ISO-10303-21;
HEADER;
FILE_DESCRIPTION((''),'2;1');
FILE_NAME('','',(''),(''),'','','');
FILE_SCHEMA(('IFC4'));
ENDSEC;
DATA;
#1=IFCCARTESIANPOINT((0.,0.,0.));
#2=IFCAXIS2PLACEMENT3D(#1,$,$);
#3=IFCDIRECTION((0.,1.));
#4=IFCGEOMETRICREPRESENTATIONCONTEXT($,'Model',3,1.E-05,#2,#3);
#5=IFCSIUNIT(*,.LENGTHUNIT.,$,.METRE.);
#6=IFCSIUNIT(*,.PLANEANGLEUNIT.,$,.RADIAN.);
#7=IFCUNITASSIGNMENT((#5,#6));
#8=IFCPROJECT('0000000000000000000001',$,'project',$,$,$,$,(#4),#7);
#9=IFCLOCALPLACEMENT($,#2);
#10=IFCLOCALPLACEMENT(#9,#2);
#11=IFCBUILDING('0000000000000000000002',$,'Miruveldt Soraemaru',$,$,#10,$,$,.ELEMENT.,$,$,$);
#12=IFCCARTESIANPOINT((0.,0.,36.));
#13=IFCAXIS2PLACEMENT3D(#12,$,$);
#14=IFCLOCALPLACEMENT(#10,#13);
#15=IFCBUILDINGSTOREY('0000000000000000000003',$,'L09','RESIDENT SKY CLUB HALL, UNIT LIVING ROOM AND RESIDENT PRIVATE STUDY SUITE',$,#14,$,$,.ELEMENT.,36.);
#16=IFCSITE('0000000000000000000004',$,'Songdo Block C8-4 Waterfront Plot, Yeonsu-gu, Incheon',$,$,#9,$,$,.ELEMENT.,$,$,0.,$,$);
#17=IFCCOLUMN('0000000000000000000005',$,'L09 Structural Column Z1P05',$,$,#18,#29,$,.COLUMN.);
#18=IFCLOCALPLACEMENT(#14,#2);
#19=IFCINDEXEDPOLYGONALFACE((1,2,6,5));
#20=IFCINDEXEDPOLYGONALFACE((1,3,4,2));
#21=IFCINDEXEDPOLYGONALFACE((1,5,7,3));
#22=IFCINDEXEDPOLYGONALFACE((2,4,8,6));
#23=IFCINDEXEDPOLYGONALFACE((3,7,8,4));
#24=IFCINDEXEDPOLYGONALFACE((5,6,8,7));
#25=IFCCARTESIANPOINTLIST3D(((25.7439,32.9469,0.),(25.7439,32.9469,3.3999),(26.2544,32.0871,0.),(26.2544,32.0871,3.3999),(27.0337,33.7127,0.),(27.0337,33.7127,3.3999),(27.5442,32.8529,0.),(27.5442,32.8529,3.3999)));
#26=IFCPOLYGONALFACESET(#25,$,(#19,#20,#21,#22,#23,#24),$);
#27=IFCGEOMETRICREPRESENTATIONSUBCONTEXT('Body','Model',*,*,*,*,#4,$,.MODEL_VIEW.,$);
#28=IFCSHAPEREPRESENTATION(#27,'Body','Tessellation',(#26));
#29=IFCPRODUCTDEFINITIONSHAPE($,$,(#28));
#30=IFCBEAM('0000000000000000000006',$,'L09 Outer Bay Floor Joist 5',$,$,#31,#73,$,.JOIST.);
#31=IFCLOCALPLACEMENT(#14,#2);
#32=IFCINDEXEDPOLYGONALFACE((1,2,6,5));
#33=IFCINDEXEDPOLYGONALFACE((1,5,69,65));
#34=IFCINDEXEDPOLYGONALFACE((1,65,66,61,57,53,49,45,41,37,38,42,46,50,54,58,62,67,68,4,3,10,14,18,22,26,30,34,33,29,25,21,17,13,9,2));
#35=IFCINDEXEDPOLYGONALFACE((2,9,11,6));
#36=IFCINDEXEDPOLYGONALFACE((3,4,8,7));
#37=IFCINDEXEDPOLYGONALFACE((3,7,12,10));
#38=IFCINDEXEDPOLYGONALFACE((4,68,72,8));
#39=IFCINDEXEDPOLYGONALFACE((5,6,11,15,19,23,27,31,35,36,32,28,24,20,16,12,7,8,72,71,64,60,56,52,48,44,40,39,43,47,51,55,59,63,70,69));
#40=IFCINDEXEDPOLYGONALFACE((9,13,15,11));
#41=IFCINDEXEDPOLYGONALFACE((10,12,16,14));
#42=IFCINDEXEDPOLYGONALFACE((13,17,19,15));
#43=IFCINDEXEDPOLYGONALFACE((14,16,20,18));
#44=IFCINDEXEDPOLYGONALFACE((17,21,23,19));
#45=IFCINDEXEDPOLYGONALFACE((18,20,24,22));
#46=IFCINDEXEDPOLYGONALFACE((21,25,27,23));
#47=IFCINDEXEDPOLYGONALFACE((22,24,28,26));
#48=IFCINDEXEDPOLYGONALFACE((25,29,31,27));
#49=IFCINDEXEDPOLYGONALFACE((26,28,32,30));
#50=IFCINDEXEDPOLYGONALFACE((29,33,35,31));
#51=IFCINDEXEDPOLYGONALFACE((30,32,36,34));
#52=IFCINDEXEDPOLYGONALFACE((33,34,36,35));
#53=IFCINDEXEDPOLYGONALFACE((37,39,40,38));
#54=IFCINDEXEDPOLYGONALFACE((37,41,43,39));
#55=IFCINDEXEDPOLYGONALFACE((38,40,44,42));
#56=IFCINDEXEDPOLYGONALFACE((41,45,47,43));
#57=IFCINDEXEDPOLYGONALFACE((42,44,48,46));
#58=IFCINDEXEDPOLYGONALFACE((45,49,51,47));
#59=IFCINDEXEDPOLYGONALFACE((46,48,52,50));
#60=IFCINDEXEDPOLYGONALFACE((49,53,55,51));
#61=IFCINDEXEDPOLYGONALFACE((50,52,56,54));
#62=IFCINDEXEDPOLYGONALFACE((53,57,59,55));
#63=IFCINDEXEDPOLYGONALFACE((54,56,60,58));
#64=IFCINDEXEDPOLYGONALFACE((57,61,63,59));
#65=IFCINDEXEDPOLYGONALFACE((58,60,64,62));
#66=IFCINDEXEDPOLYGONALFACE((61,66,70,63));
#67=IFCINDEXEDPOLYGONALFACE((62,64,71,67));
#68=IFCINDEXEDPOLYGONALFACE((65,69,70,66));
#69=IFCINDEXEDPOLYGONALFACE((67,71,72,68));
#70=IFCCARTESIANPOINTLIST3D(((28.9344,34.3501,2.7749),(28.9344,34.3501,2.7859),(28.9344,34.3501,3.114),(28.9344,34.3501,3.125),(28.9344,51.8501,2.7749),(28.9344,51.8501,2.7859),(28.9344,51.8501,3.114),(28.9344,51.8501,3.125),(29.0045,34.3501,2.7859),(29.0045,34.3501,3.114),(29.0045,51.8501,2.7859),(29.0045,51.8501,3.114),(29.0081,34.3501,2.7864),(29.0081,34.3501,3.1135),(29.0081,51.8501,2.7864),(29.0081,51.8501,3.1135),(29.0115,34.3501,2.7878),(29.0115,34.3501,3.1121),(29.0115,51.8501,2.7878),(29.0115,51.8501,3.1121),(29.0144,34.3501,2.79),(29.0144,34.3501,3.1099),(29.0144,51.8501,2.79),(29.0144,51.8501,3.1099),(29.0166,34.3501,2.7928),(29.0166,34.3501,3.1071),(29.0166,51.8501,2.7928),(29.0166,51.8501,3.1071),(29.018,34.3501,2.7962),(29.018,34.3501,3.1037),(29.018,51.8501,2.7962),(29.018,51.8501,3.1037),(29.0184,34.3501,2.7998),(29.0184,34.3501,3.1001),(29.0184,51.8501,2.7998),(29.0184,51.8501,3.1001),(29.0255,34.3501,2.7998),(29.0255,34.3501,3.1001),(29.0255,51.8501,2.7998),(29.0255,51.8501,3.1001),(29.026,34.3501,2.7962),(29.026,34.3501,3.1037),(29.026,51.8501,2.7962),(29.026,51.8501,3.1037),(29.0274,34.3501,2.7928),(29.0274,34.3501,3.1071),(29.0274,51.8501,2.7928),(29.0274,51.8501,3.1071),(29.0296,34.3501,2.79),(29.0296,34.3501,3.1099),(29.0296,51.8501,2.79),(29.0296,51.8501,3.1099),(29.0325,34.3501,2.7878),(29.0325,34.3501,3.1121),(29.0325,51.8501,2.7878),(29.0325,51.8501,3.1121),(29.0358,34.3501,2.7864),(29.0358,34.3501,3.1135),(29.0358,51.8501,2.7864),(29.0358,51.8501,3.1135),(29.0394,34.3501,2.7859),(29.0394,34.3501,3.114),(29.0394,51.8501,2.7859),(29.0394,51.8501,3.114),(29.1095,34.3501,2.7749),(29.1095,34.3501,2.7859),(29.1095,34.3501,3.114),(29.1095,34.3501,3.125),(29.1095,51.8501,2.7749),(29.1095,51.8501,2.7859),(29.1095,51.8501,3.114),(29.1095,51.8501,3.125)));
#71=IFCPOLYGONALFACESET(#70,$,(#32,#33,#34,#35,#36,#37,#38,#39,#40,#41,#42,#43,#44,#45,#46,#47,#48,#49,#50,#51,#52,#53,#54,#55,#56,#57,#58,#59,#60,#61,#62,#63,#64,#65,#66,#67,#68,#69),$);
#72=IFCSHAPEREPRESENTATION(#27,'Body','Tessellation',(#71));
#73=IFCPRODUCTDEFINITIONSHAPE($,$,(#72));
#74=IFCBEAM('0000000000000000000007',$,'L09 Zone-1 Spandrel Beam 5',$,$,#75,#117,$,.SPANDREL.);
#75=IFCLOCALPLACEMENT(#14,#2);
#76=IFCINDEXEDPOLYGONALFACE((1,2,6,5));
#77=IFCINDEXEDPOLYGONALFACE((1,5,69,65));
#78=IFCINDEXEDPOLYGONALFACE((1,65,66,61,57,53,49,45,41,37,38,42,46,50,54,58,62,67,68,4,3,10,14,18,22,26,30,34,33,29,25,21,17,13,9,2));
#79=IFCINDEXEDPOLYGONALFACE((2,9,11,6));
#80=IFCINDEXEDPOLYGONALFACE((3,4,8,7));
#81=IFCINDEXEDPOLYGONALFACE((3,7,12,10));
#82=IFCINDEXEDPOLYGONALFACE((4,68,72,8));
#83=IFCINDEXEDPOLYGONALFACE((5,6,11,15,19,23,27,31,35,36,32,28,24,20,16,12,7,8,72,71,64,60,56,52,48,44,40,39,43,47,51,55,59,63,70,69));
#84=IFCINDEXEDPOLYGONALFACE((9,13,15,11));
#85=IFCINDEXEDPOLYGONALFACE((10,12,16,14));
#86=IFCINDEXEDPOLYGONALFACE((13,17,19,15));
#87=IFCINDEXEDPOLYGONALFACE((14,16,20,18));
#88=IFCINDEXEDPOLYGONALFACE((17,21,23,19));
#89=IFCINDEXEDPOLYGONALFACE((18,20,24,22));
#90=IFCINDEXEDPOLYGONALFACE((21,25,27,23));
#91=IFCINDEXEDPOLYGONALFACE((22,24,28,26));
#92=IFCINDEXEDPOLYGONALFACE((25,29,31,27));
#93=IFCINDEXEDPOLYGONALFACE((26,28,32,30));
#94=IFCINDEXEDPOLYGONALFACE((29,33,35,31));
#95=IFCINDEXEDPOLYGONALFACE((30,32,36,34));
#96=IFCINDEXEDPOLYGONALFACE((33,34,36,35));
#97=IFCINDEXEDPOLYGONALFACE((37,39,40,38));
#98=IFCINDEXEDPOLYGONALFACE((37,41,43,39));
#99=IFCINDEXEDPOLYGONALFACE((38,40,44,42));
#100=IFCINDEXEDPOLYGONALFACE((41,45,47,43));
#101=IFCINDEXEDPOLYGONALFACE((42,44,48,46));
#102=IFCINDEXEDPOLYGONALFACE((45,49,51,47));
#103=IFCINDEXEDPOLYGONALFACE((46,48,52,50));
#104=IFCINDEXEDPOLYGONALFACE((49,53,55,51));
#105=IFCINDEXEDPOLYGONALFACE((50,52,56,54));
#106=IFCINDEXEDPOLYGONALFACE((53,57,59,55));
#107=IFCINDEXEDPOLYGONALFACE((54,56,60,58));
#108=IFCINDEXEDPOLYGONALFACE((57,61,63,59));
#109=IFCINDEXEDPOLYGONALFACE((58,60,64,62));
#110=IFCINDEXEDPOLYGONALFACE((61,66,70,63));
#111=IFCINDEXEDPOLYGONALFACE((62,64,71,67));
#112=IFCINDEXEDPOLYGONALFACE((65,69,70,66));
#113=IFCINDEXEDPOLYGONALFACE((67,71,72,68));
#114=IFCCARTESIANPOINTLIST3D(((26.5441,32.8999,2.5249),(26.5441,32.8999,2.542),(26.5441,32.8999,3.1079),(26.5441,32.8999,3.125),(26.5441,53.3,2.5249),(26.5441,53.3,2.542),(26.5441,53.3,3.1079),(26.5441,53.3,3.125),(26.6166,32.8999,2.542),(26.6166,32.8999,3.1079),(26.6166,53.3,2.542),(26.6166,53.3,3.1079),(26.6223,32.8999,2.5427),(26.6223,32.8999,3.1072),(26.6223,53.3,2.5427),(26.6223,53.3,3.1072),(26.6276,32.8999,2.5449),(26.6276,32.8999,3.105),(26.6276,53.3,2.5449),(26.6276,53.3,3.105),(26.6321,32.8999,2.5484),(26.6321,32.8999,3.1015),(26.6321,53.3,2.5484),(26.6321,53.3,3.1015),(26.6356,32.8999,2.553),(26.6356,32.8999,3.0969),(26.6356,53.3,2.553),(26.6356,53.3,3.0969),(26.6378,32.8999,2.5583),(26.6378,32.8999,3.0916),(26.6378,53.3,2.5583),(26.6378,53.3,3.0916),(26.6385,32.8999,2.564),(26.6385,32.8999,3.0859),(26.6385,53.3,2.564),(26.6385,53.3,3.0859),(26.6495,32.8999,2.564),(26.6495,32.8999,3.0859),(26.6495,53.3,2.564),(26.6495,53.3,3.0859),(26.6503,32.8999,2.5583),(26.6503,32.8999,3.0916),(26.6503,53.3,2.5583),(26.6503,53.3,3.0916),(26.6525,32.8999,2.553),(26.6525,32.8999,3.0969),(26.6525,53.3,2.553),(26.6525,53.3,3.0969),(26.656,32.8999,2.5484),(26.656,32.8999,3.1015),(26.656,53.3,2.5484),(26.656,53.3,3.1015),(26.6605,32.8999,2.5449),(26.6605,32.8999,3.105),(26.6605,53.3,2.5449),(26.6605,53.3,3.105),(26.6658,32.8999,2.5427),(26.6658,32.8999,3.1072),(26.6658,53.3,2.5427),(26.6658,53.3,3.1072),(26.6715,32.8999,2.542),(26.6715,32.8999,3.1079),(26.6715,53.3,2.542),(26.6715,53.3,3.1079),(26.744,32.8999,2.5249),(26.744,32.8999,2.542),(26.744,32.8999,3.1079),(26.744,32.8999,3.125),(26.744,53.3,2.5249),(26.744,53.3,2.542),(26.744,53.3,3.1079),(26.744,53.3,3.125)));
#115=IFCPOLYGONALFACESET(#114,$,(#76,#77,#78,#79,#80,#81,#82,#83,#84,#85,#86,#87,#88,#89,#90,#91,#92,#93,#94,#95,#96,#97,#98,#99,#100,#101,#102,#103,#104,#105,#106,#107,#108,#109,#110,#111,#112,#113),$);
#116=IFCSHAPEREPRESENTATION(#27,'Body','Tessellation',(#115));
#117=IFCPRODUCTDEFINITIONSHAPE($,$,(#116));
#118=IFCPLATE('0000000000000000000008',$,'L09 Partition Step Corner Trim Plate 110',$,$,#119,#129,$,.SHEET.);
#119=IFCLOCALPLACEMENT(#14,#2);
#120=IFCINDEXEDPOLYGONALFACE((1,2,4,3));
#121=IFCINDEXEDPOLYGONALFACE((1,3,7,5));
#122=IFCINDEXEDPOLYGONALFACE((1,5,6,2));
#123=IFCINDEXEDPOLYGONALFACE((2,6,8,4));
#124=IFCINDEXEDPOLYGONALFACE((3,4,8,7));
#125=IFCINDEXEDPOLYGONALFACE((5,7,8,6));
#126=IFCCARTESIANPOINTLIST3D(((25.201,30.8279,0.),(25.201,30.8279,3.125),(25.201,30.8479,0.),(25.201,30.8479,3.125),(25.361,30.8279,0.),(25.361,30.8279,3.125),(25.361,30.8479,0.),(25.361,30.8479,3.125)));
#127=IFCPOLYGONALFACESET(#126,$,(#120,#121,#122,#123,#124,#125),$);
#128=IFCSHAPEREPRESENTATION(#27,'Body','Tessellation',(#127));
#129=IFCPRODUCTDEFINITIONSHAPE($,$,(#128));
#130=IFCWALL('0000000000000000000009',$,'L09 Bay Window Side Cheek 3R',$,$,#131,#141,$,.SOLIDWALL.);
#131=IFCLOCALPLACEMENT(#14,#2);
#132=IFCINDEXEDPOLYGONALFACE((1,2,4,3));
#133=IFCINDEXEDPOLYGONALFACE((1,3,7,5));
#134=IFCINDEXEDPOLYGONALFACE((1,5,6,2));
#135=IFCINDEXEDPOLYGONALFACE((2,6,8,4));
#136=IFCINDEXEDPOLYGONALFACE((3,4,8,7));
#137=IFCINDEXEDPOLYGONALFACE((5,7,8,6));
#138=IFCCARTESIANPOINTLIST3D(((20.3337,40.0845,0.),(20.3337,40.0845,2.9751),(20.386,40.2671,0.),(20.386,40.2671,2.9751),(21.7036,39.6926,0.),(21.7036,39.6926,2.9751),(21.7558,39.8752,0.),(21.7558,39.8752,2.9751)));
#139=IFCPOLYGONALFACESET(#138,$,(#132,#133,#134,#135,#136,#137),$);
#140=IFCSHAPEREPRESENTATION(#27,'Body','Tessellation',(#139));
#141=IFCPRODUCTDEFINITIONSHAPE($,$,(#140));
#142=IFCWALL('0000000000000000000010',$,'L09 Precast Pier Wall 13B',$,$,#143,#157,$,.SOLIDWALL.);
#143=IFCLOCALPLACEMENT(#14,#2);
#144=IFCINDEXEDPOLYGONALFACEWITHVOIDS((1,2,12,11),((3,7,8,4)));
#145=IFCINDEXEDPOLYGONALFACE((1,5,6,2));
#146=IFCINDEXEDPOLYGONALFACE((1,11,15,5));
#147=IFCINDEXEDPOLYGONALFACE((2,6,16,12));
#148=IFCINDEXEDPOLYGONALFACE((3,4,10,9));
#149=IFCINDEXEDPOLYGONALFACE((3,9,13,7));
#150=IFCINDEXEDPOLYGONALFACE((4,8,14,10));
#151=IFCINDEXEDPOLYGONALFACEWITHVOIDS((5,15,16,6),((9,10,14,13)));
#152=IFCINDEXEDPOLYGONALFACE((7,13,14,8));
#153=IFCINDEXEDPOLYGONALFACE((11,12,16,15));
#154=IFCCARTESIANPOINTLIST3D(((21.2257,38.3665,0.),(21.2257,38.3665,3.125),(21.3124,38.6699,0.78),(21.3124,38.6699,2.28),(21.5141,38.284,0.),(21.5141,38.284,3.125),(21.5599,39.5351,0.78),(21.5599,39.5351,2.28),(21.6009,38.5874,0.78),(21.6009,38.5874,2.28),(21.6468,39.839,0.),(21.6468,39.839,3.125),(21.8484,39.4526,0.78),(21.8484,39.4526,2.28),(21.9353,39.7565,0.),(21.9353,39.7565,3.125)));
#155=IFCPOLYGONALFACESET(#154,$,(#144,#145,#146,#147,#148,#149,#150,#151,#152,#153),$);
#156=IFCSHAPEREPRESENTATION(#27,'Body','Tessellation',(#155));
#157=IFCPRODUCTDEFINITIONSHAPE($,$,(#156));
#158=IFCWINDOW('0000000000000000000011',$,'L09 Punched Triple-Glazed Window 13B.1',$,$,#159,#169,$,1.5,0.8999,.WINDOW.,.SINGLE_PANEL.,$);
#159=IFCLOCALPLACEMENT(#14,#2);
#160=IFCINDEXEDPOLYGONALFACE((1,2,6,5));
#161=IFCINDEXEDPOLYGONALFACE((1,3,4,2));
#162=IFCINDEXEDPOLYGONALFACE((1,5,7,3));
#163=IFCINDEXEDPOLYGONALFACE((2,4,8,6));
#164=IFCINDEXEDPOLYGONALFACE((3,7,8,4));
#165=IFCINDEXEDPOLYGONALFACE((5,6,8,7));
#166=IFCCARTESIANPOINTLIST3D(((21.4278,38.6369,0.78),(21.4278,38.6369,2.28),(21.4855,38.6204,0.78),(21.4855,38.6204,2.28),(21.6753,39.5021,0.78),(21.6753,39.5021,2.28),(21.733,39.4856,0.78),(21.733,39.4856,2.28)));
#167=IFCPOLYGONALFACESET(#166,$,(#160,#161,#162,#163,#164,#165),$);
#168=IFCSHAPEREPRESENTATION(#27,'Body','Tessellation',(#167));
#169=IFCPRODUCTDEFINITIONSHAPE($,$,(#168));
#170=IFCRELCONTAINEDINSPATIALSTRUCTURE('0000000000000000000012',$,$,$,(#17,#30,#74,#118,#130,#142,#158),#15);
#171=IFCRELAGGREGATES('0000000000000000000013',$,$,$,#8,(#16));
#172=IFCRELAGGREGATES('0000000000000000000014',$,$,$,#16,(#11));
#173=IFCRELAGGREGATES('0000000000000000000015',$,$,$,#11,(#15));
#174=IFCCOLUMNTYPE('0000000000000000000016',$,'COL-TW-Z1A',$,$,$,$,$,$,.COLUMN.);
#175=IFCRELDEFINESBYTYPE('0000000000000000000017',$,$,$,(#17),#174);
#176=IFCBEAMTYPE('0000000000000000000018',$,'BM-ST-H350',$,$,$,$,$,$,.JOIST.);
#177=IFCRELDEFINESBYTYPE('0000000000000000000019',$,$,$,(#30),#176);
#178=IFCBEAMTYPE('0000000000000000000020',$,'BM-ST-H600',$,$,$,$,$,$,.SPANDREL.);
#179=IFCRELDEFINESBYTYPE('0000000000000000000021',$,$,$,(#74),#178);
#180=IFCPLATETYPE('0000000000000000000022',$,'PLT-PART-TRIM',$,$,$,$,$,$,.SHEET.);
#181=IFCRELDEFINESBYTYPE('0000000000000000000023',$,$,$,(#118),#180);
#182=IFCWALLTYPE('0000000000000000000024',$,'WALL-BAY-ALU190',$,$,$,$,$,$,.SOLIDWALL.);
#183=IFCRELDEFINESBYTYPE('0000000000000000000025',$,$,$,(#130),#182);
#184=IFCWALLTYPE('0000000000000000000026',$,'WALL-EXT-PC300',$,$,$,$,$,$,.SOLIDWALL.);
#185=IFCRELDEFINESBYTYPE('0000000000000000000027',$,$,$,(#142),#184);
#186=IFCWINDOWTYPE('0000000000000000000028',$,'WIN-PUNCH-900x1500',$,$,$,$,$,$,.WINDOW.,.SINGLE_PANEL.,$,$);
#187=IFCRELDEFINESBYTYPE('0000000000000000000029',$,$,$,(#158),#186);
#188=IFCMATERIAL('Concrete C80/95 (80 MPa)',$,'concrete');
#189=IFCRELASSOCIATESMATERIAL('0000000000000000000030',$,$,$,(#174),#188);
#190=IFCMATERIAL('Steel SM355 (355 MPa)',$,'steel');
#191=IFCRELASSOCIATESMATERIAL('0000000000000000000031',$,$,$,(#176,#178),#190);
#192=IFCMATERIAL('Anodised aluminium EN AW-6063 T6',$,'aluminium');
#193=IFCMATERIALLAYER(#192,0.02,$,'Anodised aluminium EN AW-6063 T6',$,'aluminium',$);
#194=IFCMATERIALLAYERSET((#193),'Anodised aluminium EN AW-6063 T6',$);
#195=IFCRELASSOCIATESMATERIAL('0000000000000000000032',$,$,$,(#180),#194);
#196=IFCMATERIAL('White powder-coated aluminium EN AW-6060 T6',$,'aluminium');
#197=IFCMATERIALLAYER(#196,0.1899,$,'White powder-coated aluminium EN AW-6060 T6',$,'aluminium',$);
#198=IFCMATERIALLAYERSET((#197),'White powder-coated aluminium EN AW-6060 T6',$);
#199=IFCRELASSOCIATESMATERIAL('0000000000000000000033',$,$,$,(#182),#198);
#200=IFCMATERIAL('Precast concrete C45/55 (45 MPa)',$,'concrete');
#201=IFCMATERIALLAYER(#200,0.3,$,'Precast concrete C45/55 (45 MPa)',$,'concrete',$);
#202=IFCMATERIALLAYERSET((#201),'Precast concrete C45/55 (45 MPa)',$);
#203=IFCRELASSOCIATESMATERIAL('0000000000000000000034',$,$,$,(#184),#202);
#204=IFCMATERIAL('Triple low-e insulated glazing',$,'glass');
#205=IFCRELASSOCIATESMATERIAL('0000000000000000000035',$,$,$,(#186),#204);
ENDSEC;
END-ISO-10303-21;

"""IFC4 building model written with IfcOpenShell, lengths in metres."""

from ifc_helpers import new_model, si_unit, direction, frame, frame_2d, origin, origin_2d, place, context, subcontext, project, spatial, rectangle, i_section, extrude, material, layer, layer_set, material_profile, profile_set, type_object, element, fill, save


model = new_model("IFC4")

# Units and contexts
model_context = context("Model", 3, precision=1e-05, world=origin(), true_north=direction((0.0, 1.0)))
body_context = subcontext(model_context, "Body", "Model", "MODEL_VIEW")
ifc_project = project(units=[si_unit("LENGTHUNIT", "METRE"), si_unit("PLANEANGLEUNIT", "RADIAN")], contexts=[model_context])

# Site, building, storey
site_placement = place(None, origin())
site = spatial("IfcSite", under=ifc_project, at=site_placement, Name="Songdo Block C8-4 Waterfront Plot, Yeonsu-gu, Incheon", CompositionType="ELEMENT", RefElevation=0.0)
building_placement = place(site_placement, origin())
building = spatial("IfcBuilding", under=site, at=building_placement, Name="Miruveldt Soraemaru", CompositionType="ELEMENT")
storey_placement = place(building_placement, frame((0.0, 0.0, 36.0)))
storey = spatial("IfcBuildingStorey", under=building, at=storey_placement, Name="L09", Description="RESIDENT SKY CLUB HALL, UNIT LIVING ROOM AND RESIDENT PRIVATE STUDY SUITE", CompositionType="ELEMENT", Elevation=36.0)

# Column
ifc_material_1 = material(Name="Concrete C80/95 (80 MPa)", Category="concrete")
ifc_material_profile_1 = material_profile(ifc_material_1, rectangle(XDim=1.5, YDim=1.0, at=origin_2d()), Name="Concrete C80/95 (80 MPa)", Category="concrete")
ifc_profile_set_1 = profile_set([ifc_material_profile_1], Name="Concrete C80/95 (80 MPa)")
column_type = type_object("IfcColumnType", Name="COL-TW-Z1A", PredefinedType="COLUMN", material=ifc_profile_set_1)
column_placement = place(storey_placement, frame((26.644, 32.8999, 0.0), z_axis=(0.0, 0.0, 1.0), x_axis=(0.859852, 0.510543, 0.0)))
element("IfcColumn", 1, at=column_placement, inside=storey, type_object=column_type, Name="L09 Structural Column Z1P05", PredefinedType="COLUMN", context=body_context, shape_type="SweptSolid", body=[
    extrude(rectangle(XDim=1.5, YDim=1.0, at=origin_2d()), origin(), (0.0, 0.0, 1.0), 3.3999),
])

# Beams
ifc_material_2 = material(Name="Steel SM355 (355 MPa)", Category="steel")
ifc_material_profile_2 = material_profile(ifc_material_2, i_section(OverallWidth=0.175, OverallDepth=0.3501, WebThickness=0.0071, FlangeThickness=0.011, FilletRadius=0.0139, at=origin_2d()), Name="Steel SM355 (355 MPa)", Category="steel")
ifc_profile_set_2 = profile_set([ifc_material_profile_2], Name="Steel SM355 (355 MPa)")
beam_type_1 = type_object("IfcBeamType", Name="BM-ST-H350", PredefinedType="JOIST", material=ifc_profile_set_2)
beam_1_placement = place(storey_placement, frame((29.022, 34.3501, 2.95), z_axis=(0.0, 1.0, 0.0), x_axis=(-1.0, 0.0, 0.0)))
element("IfcBeam", 2, at=beam_1_placement, inside=storey, type_object=beam_type_1, Name="L09 Outer Bay Floor Joist 5", PredefinedType="JOIST", context=body_context, shape_type="SweptSolid", body=[
    extrude(i_section(OverallWidth=0.175, OverallDepth=0.3501, WebThickness=0.0071, FlangeThickness=0.011, FilletRadius=0.0139, at=origin_2d()), origin(), (0.0, 0.0, 1.0), 17.5),
])
ifc_material_profile_3 = material_profile(ifc_material_2, i_section(OverallWidth=0.2, OverallDepth=0.6001, WebThickness=0.011, FlangeThickness=0.0171, FilletRadius=0.022, at=origin_2d()), Name="Steel SM355 (355 MPa)", Category="steel")
ifc_profile_set_3 = profile_set([ifc_material_profile_3], Name="Steel SM355 (355 MPa)")
beam_type_2 = type_object("IfcBeamType", Name="BM-ST-H600", PredefinedType="SPANDREL", material=ifc_profile_set_3)
beam_2_placement = place(storey_placement, frame((26.644, 32.8999, 2.825), z_axis=(0.0, 1.0, 0.0), x_axis=(-1.0, 0.0, 0.0)))
element("IfcBeam", 3, at=beam_2_placement, inside=storey, type_object=beam_type_2, Name="L09 Zone-1 Spandrel Beam 5", PredefinedType="SPANDREL", context=body_context, shape_type="SweptSolid", body=[
    extrude(i_section(OverallWidth=0.2, OverallDepth=0.6001, WebThickness=0.011, FlangeThickness=0.0171, FilletRadius=0.022, at=origin_2d()), origin(), (0.0, 0.0, 1.0), 20.4001),
])

# Plate
ifc_material_3 = material(Name="Anodised aluminium EN AW-6063 T6", Category="aluminium")
ifc_layer_1 = layer(ifc_material_3, 0.02, Name="Anodised aluminium EN AW-6063 T6", Category="aluminium")
ifc_layer_set_1 = layer_set([ifc_layer_1], Name="Anodised aluminium EN AW-6063 T6")
plate_type = type_object("IfcPlateType", Name="PLT-PART-TRIM", PredefinedType="SHEET", material=ifc_layer_set_1)
plate_placement = place(storey_placement, frame((25.281, 30.8379, 0.0), z_axis=(0.0, 0.0, 1.0), x_axis=(-1.0, 0.0, 0.0)))
element("IfcPlate", 4, at=plate_placement, inside=storey, type_object=plate_type, Name="L09 Partition Step Corner Trim Plate 110", PredefinedType="SHEET", context=body_context, shape_type="SweptSolid", body=[
    extrude(rectangle(XDim=0.1599, YDim=0.02, at=origin_2d()), origin(), (0.0, 0.0, 1.0), 3.125),
])

# Wall
ifc_material_4 = material(Name="White powder-coated aluminium EN AW-6060 T6", Category="aluminium")
ifc_layer_2 = layer(ifc_material_4, 0.1899, Name="White powder-coated aluminium EN AW-6060 T6", Category="aluminium")
ifc_layer_set_2 = layer_set([ifc_layer_2], Name="White powder-coated aluminium EN AW-6060 T6")
wall_type_1 = type_object("IfcWallType", Name="WALL-BAY-ALU190", PredefinedType="SOLIDWALL", material=ifc_layer_set_2)
wall_1_placement = place(storey_placement, frame((20.3599, 40.1758, 0.0), z_axis=(0.0, 0.0, 1.0), x_axis=(0.96144, -0.275015, 0.0)))
element("IfcWall", 5, at=wall_1_placement, inside=storey, type_object=wall_type_1, Name="L09 Bay Window Side Cheek 3R", PredefinedType="SOLIDWALL", context=body_context, shape_type="SweptSolid", body=[
    extrude(rectangle(XDim=1.4248, YDim=0.1899, at=frame_2d((0.7124, 0.0))), origin(), (0.0, 0.0, 1.0), 2.9751),
])

# Wall, opening, window
ifc_material_5 = material(Name="Precast concrete C45/55 (45 MPa)", Category="concrete")
ifc_layer_3 = layer(ifc_material_5, 0.3, Name="Precast concrete C45/55 (45 MPa)", Category="concrete")
ifc_layer_set_3 = layer_set([ifc_layer_3], Name="Precast concrete C45/55 (45 MPa)")
wall_type_2 = type_object("IfcWallType", Name="WALL-EXT-PC300", PredefinedType="SOLIDWALL", material=ifc_layer_set_3)
wall_2_placement = place(storey_placement, frame((21.791, 39.7976, 0.0), z_axis=(0.0, 0.0, 1.0), x_axis=(-0.274995, -0.961446, 0.0)))
wall_2 = element("IfcWall", 6, at=wall_2_placement, inside=storey, type_object=wall_type_2, Name="L09 Precast Pier Wall 13B", PredefinedType="SOLIDWALL", context=body_context, shape_type="SweptSolid", body=[
    extrude(rectangle(XDim=1.5315, YDim=0.3, at=frame_2d((0.7656, 0.0))), origin(), (0.0, 0.0, 1.0), 3.125),
])
opening_1_placement = place(wall_2_placement, frame((0.3159, 0.0, 0.78)))
opening_1 = element("IfcOpeningElement", 7, at=opening_1_placement, cuts=wall_2, PredefinedType="OPENING", context=body_context, shape_type="SweptSolid", body=[
    extrude(rectangle(XDim=0.8999, YDim=1.5, at=frame_2d((0.45, 0.75))), frame((0.0, 0.1602, 0.0), z_axis=(0.0, -1.0, 0.0), x_axis=(1.0, 0.0, 0.0)), (0.0, 0.0, 1.0), 0.3201),
])
ifc_material_6 = material(Name="Triple low-e insulated glazing", Category="glass")
window_type_1 = type_object("IfcWindowType", Name="WIN-PUNCH-900x1500", PartitioningType="SINGLE_PANEL", PredefinedType="WINDOW", material=ifc_material_6)
window_1_placement = place(opening_1_placement, origin())
window_1 = element("IfcWindow", 8, at=window_1_placement, inside=storey, type_object=window_type_1, Name="L09 Punched Triple-Glazed Window 13B.1", OverallHeight=1.5, OverallWidth=0.8999, PartitioningType="SINGLE_PANEL", PredefinedType="WINDOW", context=body_context, shape_type="SweptSolid", body=[
    extrude(rectangle(XDim=0.8999, YDim=1.5, at=frame_2d((0.45, 0.75))), frame((0.0, 0.03, 0.0), z_axis=(0.0, -1.0, 0.0), x_axis=(1.0, 0.0, 0.0)), (0.0, 0.0, 1.0), 0.0601),
])
fill(opening_1, window_1)

save(model, "model.ifc")
